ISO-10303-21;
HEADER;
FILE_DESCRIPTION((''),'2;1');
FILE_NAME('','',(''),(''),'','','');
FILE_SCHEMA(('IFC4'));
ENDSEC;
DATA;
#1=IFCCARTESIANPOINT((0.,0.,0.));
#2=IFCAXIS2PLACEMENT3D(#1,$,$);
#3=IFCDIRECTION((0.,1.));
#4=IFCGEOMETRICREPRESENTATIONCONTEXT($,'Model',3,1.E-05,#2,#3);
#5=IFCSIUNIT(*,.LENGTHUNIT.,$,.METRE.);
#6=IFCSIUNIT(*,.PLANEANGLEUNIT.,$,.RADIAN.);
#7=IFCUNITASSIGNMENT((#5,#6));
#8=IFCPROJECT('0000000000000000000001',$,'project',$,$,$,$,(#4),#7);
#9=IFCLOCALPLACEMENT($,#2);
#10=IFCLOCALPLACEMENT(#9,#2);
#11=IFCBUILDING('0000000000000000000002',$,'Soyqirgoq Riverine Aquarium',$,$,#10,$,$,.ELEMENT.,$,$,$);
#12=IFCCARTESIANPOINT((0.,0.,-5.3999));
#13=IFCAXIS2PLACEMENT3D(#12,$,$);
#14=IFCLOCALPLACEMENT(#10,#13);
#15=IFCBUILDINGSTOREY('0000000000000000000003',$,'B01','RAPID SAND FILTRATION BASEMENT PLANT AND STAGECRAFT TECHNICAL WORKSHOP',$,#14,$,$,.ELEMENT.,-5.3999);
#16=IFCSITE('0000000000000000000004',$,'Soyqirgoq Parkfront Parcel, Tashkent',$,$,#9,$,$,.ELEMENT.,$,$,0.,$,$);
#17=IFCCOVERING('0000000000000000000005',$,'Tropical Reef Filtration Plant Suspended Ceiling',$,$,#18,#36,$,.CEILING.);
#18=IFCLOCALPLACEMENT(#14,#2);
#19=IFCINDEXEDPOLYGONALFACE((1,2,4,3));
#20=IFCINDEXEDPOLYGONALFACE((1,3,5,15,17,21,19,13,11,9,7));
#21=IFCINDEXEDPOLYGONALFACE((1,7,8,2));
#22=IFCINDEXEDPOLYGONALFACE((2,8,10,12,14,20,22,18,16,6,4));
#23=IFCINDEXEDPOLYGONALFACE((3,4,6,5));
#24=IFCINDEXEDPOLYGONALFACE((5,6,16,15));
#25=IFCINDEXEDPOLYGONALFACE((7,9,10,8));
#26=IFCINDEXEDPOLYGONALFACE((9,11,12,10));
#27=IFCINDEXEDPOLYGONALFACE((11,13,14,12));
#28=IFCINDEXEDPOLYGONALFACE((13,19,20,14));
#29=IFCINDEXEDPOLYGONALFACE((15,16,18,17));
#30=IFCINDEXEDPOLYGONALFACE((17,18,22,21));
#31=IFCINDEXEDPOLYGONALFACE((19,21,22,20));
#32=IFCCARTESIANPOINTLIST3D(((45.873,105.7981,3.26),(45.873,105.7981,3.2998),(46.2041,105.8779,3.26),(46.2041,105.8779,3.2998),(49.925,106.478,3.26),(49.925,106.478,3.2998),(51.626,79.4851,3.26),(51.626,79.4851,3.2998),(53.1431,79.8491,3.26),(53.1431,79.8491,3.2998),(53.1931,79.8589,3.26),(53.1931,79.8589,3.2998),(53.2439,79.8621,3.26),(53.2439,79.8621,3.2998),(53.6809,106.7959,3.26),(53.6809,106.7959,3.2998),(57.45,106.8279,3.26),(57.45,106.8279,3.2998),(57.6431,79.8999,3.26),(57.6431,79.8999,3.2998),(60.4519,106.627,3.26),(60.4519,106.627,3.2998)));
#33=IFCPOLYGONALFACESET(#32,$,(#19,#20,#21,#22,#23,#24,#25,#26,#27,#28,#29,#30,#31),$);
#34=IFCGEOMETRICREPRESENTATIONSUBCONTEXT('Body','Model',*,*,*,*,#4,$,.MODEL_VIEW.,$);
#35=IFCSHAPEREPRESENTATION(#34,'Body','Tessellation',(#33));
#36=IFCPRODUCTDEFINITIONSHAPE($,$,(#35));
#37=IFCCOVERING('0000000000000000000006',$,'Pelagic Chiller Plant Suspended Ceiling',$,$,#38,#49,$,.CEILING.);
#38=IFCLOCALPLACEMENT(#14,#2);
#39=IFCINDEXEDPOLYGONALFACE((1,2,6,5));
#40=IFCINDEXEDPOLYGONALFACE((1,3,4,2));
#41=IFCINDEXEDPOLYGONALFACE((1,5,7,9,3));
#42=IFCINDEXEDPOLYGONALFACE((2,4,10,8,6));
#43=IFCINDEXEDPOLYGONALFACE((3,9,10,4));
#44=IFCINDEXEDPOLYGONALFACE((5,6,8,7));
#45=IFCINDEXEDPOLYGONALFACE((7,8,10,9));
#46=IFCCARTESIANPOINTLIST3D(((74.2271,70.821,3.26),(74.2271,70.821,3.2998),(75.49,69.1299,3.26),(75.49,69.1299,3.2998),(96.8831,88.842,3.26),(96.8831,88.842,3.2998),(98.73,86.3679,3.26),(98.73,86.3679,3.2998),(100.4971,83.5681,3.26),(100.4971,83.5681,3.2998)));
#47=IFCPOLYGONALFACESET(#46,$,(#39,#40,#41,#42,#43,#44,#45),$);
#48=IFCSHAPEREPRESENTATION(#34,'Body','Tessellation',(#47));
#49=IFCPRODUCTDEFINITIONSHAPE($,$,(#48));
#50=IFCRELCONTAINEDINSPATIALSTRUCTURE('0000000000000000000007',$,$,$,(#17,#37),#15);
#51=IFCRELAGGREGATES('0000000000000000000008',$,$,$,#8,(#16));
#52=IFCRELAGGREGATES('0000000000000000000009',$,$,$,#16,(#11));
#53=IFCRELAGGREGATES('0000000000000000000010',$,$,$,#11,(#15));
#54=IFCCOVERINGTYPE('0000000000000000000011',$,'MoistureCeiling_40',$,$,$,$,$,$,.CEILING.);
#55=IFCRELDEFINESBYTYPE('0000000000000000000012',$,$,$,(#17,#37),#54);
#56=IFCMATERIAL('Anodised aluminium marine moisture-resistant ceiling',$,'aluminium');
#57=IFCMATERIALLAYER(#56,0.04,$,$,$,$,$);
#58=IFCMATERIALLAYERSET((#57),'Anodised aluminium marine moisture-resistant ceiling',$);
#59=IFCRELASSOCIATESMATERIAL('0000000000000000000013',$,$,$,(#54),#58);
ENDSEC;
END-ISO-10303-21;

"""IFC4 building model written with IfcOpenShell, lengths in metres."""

from ifc_helpers import new_model, si_unit, direction, frame, origin, place, context, subcontext, project, spatial, polyline, outline, extrude, material, layer, layer_set, type_object, element, save


model = new_model("IFC4")

# Units and contexts
model_context = context("Model", 3, precision=1e-05, world=origin(), true_north=direction((0.0, 1.0)))
body_context = subcontext(model_context, "Body", "Model", "MODEL_VIEW")
ifc_project = project(units=[si_unit("LENGTHUNIT", "METRE"), si_unit("PLANEANGLEUNIT", "RADIAN")], contexts=[model_context])

# Site, building, storey
site_placement = place(None, origin())
site = spatial("IfcSite", under=ifc_project, at=site_placement, Name="Soyqirgoq Parkfront Parcel, Tashkent", CompositionType="ELEMENT", RefElevation=0.0)
building_placement = place(site_placement, origin())
building = spatial("IfcBuilding", under=site, at=building_placement, Name="Soyqirgoq Riverine Aquarium", CompositionType="ELEMENT")
storey_placement = place(building_placement, frame((0.0, 0.0, -5.3999)))
storey = spatial("IfcBuildingStorey", under=building, at=storey_placement, Name="B01", Description="RAPID SAND FILTRATION BASEMENT PLANT AND STAGECRAFT TECHNICAL WORKSHOP", CompositionType="ELEMENT", Elevation=-5.3999)

# Coverings
ifc_material_1 = material(Name="Anodised aluminium marine moisture-resistant ceiling", Category="aluminium")
ifc_layer_1 = layer(ifc_material_1, 0.04)
ifc_layer_set_1 = layer_set([ifc_layer_1], Name="Anodised aluminium marine moisture-resistant ceiling")
covering_type_1 = type_object("IfcCoveringType", Name="MoistureCeiling_40", PredefinedType="CEILING", material=ifc_layer_set_1)
covering_1_placement = place(storey_placement, frame((0.0, 0.0, 3.26)))
element("IfcCovering", 1, at=covering_1_placement, inside=storey, type_object=covering_type_1, Name="Tropical Reef Filtration Plant Suspended Ceiling", PredefinedType="CEILING", context=body_context, shape_type="SweptSolid", body=[
    extrude(outline(polyline([(46.2041, 105.8779), (49.925, 106.478), (53.6809, 106.7959), (57.45, 106.8279), (60.4519, 106.627), (57.6431, 79.8999), (53.2439, 79.8621), (53.1931, 79.8589), (53.1431, 79.8491), (51.626, 79.4851), (45.873, 105.7981), (46.2041, 105.8779)])), origin(), (0.0, 0.0, 1.0), 0.0398),
])
covering_2_placement = place(storey_placement, frame((0.0, 0.0, 3.26)))
element("IfcCovering", 2, at=covering_2_placement, inside=storey, type_object=covering_type_1, Name="Pelagic Chiller Plant Suspended Ceiling", PredefinedType="CEILING", context=body_context, shape_type="SweptSolid", body=[
    extrude(outline(polyline([(98.73, 86.3679), (100.4971, 83.5681), (75.49, 69.1299), (74.2271, 70.821), (96.8831, 88.842), (98.73, 86.3679)])), origin(), (0.0, 0.0, 1.0), 0.0398),
])

save(model, "model.ifc")
